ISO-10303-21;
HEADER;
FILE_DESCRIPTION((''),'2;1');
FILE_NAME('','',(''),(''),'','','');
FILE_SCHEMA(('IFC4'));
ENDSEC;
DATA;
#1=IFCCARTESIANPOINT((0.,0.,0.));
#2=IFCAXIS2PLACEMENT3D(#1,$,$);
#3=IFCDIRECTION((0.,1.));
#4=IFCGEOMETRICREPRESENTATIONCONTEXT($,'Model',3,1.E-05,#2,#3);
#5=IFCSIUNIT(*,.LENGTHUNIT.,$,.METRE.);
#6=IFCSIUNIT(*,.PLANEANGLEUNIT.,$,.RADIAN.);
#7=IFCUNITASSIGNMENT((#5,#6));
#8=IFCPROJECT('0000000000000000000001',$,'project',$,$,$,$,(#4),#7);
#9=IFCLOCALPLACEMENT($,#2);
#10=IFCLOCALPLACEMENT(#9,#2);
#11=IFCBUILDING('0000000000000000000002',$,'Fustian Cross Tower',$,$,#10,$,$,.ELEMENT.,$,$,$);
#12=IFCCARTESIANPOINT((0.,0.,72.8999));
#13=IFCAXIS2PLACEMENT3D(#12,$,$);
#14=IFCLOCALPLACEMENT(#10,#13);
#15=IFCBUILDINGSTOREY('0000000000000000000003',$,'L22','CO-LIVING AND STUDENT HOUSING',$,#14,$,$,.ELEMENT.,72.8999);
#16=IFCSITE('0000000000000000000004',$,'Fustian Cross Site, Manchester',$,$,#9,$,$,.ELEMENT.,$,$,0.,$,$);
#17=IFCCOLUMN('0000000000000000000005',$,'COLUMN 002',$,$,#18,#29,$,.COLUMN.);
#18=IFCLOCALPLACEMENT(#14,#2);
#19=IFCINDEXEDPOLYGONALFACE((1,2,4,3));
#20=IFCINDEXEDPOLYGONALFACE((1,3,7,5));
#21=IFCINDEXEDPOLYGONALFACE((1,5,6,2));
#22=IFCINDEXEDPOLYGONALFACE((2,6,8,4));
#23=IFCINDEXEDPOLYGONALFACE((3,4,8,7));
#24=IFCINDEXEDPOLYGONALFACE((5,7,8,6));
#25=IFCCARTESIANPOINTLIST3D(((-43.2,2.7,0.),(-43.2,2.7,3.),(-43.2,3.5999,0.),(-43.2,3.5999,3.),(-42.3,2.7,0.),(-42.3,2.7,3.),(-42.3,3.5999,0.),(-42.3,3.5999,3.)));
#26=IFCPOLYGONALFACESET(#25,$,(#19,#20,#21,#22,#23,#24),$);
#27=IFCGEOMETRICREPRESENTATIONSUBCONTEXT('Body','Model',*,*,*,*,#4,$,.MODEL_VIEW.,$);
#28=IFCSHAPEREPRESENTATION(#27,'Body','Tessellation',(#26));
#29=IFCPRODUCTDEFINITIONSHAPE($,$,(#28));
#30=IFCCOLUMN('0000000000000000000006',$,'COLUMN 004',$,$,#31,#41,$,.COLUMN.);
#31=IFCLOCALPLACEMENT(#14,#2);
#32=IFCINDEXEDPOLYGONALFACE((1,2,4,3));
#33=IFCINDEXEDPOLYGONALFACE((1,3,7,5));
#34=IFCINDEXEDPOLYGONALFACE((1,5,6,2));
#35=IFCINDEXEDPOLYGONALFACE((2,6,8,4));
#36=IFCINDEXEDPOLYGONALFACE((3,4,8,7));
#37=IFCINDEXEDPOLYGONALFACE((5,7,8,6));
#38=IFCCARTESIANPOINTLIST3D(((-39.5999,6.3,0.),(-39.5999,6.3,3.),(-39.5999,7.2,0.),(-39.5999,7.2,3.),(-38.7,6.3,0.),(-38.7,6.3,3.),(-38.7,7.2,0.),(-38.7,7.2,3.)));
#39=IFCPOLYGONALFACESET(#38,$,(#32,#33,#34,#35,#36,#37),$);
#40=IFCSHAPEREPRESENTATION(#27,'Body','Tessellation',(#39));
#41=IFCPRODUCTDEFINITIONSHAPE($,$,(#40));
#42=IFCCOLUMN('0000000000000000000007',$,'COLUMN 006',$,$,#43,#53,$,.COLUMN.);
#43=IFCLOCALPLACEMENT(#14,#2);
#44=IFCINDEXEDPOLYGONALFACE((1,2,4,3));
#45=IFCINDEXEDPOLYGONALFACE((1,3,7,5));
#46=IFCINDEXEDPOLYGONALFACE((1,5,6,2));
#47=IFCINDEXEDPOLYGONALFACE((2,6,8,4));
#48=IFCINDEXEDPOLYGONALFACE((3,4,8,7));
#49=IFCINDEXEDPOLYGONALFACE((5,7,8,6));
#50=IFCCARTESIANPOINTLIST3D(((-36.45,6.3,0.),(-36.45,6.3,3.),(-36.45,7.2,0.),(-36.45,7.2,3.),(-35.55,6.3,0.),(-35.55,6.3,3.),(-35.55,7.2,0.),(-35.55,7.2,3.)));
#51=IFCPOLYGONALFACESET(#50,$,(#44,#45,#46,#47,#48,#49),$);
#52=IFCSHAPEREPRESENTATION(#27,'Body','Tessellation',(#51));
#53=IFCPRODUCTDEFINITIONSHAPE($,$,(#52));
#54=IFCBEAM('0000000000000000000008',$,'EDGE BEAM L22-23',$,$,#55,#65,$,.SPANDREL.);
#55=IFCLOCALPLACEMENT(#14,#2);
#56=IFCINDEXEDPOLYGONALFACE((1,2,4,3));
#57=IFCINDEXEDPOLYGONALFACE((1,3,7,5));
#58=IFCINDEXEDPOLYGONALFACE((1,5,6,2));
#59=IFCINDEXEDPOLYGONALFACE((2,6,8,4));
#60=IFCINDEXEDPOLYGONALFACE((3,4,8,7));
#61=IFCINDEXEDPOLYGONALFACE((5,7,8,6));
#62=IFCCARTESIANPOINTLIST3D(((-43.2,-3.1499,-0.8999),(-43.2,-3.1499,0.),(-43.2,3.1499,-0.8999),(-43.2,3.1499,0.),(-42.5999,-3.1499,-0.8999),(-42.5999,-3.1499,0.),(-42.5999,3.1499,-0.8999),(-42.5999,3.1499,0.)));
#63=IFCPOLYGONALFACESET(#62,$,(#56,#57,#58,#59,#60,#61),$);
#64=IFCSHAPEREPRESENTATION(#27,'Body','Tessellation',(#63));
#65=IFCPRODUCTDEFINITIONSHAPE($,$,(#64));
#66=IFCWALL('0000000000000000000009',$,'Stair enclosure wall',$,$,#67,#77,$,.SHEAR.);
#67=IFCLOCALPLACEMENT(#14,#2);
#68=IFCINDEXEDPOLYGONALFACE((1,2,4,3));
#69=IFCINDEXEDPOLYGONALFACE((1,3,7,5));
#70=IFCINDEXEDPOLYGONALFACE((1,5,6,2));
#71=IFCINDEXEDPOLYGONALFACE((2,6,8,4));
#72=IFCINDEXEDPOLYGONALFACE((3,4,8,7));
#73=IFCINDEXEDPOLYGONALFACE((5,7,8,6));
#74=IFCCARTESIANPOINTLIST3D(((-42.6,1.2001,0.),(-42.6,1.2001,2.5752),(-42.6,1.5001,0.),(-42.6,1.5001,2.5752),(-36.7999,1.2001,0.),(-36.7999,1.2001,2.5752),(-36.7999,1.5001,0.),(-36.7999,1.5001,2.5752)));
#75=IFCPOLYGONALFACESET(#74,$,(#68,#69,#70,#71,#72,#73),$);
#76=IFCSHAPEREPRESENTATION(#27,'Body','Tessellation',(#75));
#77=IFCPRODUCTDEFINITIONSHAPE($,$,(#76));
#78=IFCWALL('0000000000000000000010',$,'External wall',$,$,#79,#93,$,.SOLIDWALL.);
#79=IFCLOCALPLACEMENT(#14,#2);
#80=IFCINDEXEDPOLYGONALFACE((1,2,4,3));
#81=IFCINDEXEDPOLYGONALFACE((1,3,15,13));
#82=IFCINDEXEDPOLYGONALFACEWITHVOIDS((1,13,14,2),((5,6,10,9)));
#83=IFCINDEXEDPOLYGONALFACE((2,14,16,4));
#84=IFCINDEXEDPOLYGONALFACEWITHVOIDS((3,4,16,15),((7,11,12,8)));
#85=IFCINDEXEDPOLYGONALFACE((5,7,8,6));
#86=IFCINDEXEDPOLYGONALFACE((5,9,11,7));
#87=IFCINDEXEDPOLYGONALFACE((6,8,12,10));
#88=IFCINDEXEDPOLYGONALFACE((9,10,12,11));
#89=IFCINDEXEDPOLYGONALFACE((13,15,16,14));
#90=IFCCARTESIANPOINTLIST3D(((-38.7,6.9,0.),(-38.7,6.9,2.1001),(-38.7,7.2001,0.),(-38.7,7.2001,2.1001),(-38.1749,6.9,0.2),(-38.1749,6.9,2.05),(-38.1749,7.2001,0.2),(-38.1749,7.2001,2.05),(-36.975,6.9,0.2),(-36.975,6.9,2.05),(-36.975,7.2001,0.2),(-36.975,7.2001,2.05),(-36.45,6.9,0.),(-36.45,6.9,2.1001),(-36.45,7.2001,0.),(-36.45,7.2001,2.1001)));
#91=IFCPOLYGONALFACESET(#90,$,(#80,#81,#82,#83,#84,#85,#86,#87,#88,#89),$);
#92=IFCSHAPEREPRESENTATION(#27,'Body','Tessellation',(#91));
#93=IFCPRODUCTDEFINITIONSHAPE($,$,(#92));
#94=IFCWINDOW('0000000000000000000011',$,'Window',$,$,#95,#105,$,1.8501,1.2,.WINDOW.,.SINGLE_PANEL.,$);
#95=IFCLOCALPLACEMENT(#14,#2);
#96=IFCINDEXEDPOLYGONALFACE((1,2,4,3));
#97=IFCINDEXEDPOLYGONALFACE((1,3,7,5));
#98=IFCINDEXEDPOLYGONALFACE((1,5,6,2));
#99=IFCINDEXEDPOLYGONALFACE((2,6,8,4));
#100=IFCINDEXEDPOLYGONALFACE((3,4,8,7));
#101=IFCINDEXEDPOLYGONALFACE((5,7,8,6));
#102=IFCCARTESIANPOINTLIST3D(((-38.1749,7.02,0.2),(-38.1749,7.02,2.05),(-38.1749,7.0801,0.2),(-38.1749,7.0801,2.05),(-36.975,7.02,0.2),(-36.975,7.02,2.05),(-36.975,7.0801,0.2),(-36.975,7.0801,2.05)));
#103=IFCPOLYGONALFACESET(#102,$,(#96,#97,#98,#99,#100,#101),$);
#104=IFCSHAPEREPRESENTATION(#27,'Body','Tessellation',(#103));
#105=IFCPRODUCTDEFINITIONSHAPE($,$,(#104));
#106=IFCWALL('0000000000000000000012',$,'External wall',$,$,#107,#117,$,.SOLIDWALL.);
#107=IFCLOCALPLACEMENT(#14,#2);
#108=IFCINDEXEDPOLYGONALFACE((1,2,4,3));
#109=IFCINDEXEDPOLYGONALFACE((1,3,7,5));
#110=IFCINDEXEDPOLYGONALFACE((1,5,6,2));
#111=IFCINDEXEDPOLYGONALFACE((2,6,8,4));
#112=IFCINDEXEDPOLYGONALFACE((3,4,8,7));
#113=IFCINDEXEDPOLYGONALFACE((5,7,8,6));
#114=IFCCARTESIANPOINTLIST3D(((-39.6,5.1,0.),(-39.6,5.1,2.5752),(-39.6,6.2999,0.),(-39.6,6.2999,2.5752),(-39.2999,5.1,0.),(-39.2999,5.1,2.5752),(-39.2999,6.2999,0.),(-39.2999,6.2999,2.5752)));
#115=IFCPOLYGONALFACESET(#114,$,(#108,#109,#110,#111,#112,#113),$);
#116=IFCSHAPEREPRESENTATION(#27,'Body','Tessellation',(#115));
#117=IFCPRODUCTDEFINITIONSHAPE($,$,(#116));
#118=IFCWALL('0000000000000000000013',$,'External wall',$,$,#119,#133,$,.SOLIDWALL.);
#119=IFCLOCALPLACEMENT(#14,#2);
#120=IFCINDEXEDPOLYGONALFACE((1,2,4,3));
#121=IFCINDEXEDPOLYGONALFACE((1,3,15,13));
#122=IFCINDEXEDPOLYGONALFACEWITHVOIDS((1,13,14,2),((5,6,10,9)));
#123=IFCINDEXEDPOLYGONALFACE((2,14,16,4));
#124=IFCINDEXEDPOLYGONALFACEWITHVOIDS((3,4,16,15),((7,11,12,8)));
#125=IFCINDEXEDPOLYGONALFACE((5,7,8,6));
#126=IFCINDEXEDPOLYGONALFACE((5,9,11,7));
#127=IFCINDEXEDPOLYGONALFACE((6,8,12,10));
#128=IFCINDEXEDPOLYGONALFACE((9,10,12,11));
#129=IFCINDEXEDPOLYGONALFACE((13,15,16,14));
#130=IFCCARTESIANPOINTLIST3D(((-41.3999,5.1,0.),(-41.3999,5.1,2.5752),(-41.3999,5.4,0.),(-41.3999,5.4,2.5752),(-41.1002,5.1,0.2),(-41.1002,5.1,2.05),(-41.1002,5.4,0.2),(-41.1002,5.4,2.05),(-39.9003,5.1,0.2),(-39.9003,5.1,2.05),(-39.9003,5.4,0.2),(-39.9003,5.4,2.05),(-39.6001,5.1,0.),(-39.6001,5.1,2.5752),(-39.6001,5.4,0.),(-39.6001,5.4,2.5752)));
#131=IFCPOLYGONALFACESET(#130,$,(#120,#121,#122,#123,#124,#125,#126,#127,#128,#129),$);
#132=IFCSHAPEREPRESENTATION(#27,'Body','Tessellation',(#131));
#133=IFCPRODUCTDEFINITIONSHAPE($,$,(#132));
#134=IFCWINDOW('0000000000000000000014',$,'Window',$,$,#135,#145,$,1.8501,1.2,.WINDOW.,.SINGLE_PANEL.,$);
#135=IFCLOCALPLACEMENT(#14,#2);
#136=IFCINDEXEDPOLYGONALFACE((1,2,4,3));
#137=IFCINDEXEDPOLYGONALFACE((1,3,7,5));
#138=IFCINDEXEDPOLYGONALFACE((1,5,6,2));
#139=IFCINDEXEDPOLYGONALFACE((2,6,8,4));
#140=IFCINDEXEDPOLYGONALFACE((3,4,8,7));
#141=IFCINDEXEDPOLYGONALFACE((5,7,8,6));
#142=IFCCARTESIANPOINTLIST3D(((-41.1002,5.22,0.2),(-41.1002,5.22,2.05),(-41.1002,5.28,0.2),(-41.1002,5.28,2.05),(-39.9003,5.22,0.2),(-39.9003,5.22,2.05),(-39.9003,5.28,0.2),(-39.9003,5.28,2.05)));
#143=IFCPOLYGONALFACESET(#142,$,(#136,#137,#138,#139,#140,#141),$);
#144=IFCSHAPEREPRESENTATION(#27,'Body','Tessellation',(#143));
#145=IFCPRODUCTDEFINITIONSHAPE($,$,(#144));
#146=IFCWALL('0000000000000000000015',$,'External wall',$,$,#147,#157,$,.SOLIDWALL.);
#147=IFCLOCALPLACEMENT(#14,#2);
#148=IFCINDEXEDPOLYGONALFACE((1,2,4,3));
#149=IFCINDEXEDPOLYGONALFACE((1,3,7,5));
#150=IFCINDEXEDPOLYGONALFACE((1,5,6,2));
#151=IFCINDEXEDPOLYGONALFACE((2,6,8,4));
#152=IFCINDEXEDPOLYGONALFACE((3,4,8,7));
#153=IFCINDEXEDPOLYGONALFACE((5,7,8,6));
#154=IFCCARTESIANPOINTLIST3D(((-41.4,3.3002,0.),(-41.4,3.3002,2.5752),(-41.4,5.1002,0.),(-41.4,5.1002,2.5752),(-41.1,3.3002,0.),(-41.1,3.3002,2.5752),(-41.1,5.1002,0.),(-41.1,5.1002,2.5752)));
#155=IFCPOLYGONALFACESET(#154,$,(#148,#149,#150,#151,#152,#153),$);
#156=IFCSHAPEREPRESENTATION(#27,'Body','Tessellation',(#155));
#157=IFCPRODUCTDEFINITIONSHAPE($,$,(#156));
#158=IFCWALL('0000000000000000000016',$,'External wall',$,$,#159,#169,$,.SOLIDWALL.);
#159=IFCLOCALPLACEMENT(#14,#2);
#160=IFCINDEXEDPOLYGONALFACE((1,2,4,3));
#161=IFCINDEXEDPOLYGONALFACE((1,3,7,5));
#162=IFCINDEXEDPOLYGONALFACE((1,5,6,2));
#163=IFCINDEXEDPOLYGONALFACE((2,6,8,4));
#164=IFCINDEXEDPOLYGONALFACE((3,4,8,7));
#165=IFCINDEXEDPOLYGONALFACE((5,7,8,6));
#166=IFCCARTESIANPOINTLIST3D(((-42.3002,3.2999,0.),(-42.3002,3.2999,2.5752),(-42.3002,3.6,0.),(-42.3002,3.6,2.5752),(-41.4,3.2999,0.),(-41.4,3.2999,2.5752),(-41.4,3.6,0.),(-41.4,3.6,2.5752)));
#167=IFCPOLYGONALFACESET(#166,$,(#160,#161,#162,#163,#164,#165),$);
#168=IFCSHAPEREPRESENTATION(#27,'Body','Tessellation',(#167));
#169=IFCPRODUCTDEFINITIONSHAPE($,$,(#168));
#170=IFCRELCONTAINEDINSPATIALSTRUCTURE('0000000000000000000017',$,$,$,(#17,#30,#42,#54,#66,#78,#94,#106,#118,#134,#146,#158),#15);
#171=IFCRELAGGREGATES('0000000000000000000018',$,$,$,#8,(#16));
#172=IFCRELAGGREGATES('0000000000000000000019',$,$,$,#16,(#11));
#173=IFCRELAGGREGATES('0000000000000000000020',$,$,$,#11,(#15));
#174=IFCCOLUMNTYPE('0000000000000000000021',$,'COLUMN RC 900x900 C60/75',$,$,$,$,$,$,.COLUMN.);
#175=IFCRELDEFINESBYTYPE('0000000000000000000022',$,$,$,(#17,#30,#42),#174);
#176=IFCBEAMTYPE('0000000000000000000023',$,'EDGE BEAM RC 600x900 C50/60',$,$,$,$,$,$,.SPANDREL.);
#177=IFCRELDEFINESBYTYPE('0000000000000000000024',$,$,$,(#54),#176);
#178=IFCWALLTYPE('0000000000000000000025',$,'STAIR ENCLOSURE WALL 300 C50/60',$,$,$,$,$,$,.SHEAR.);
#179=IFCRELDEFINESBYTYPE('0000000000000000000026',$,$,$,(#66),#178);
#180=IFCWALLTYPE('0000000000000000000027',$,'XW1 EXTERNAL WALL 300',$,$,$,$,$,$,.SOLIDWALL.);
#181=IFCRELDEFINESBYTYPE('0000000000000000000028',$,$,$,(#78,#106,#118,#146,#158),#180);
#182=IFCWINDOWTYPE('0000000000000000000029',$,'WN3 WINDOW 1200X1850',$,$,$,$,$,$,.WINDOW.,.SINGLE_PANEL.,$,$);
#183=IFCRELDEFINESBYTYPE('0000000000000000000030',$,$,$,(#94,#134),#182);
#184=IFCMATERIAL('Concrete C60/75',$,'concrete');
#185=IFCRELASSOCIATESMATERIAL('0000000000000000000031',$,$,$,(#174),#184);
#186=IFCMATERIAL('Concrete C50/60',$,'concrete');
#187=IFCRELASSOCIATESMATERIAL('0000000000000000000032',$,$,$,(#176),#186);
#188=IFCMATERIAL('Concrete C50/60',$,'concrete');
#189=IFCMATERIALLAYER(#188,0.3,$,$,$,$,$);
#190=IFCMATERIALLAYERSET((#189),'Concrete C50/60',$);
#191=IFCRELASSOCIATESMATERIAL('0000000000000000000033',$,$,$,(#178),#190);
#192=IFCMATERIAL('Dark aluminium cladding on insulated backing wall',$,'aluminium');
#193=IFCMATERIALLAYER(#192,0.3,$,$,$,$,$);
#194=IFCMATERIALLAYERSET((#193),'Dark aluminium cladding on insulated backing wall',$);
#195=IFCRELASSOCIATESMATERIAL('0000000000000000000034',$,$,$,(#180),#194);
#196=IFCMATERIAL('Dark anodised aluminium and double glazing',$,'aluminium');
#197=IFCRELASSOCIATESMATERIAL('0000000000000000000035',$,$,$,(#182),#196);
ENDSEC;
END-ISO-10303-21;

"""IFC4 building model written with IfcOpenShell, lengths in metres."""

from ifc_helpers import new_model, si_unit, direction, frame, frame_2d, origin, origin_2d, place, context, subcontext, project, spatial, rectangle, extrude, material, layer, layer_set, material_profile, profile_set, type_object, element, fill, save


model = new_model("IFC4")

# Units and contexts
model_context = context("Model", 3, precision=1e-05, world=origin(), true_north=direction((0.0, 1.0)))
body_context = subcontext(model_context, "Body", "Model", "MODEL_VIEW")
ifc_project = project(units=[si_unit("LENGTHUNIT", "METRE"), si_unit("PLANEANGLEUNIT", "RADIAN")], contexts=[model_context])

# Site, building, storey
site_placement = place(None, origin())
site = spatial("IfcSite", under=ifc_project, at=site_placement, Name="Fustian Cross Site, Manchester", CompositionType="ELEMENT", RefElevation=0.0)
building_placement = place(site_placement, origin())
building = spatial("IfcBuilding", under=site, at=building_placement, Name="Fustian Cross Tower", CompositionType="ELEMENT")
storey_placement = place(building_placement, frame((0.0, 0.0, 72.8999)))
storey = spatial("IfcBuildingStorey", under=building, at=storey_placement, Name="L22", Description="CO-LIVING AND STUDENT HOUSING", CompositionType="ELEMENT", Elevation=72.8999)

# Columns
ifc_material_1 = material(Name="Concrete C60/75", Category="concrete")
ifc_material_profile_1 = material_profile(ifc_material_1, rectangle(XDim=0.8999, YDim=0.8999, at=origin_2d()), Name="RC 900x900")
ifc_profile_set_1 = profile_set([ifc_material_profile_1], Name="Concrete C60/75")
column_type = type_object("IfcColumnType", Name="COLUMN RC 900x900 C60/75", PredefinedType="COLUMN", material=ifc_profile_set_1)
for number, where, z_axis, x_axis, name in (
    (1, (-42.75, 3.1499, 0.0), (0.0, 0.0, 1.0), (1.0, 0.0, 0.0), "COLUMN 002"),
    (2, (-39.1499, 6.75, 0.0), (0.0, 0.0, 1.0), (1.0, 0.0, 0.0), "COLUMN 004"),
    (3, (-36.0, 6.75, 0.0), (0.0, 0.0, 1.0), (1.0, 0.0, 0.0), "COLUMN 006"),
):
    element("IfcColumn", number, at=place(storey_placement, frame(where, z_axis=z_axis, x_axis=x_axis)), inside=storey, type_object=column_type, Name=name, PredefinedType="COLUMN", context=body_context, shape_type="SweptSolid", body=[
        extrude(rectangle(XDim=0.8999, YDim=0.8999, at=origin_2d()), origin(), (0.0, 0.0, 1.0), 3.0),
    ])

# Beam
ifc_material_2 = material(Name="Concrete C50/60", Category="concrete")
ifc_material_profile_2 = material_profile(ifc_material_2, rectangle(XDim=0.6001, YDim=0.8999, at=origin_2d()), Name="RC 600x900")
ifc_profile_set_2 = profile_set([ifc_material_profile_2], Name="Concrete C50/60")
beam_type = type_object("IfcBeamType", Name="EDGE BEAM RC 600x900 C50/60", PredefinedType="SPANDREL", material=ifc_profile_set_2)
beam_placement = place(storey_placement, frame((-42.8999, 3.1499, -0.45), z_axis=(0.0, -1.0, 0.0), x_axis=(1.0, 0.0, 0.0)))
element("IfcBeam", 4, at=beam_placement, inside=storey, type_object=beam_type, Name="EDGE BEAM L22-23", PredefinedType="SPANDREL", context=body_context, shape_type="SweptSolid", body=[
    extrude(rectangle(XDim=0.6001, YDim=0.8999, at=origin_2d()), origin(), (0.0, 0.0, 1.0), 6.2998),
])

# Wall
ifc_material_3 = material(Name="Concrete C50/60", Category="concrete")
ifc_layer_1 = layer(ifc_material_3, 0.3)
ifc_layer_set_1 = layer_set([ifc_layer_1], Name="Concrete C50/60")
wall_type_1 = type_object("IfcWallType", Name="STAIR ENCLOSURE WALL 300 C50/60", PredefinedType="SHEAR", material=ifc_layer_set_1)
wall_1_placement = place(storey_placement, frame((-36.8, 1.3501, 0.0), z_axis=(0.0, 0.0, 1.0), x_axis=(-1.0, 0.0, 0.0)))
element("IfcWall", 5, at=wall_1_placement, inside=storey, type_object=wall_type_1, Name="Stair enclosure wall", PredefinedType="SHEAR", context=body_context, shape_type="SweptSolid", body=[
    extrude(rectangle(XDim=5.8, YDim=0.3, at=frame_2d((2.8999, 0.0))), origin(), (0.0, 0.0, 1.0), 2.5752),
])

# Wall, opening, window
ifc_material_4 = material(Name="Dark aluminium cladding on insulated backing wall", Category="aluminium")
ifc_layer_2 = layer(ifc_material_4, 0.3)
ifc_layer_set_2 = layer_set([ifc_layer_2], Name="Dark aluminium cladding on insulated backing wall")
wall_type_2 = type_object("IfcWallType", Name="XW1 EXTERNAL WALL 300", PredefinedType="SOLIDWALL", material=ifc_layer_set_2)
wall_2_placement = place(storey_placement, frame((-36.45, 7.05, 0.0), z_axis=(0.0, 0.0, 1.0), x_axis=(-1.0, 0.0, 0.0)))
wall_2 = element("IfcWall", 6, at=wall_2_placement, inside=storey, type_object=wall_type_2, Name="External wall", PredefinedType="SOLIDWALL", context=body_context, shape_type="SweptSolid", body=[
    extrude(rectangle(XDim=2.25, YDim=0.3, at=frame_2d((1.125, 0.0))), origin(), (0.0, 0.0, 1.0), 2.1001),
])
opening_1_placement = place(wall_2_placement, frame((0.5249, 0.0, 0.2)))
opening_1 = element("IfcOpeningElement", 7, at=opening_1_placement, cuts=wall_2, PredefinedType="OPENING", context=body_context, shape_type="SweptSolid", body=[
    extrude(rectangle(XDim=1.2, YDim=1.8501, at=frame_2d((0.6001, 0.925))), frame((0.0, 0.1599, 0.0), z_axis=(0.0, -1.0, 0.0), x_axis=(1.0, 0.0, 0.0)), (0.0, 0.0, 1.0), 0.3201),
])
ifc_material_5 = material(Name="Dark anodised aluminium and double glazing", Category="aluminium")
window_type_1 = type_object("IfcWindowType", Name="WN3 WINDOW 1200X1850", PartitioningType="SINGLE_PANEL", PredefinedType="WINDOW", material=ifc_material_5)
window_1_placement = place(opening_1_placement, origin())
window_1 = element("IfcWindow", 8, at=window_1_placement, inside=storey, type_object=window_type_1, Name="Window", OverallHeight=1.8501, OverallWidth=1.2, PartitioningType="SINGLE_PANEL", PredefinedType="WINDOW", context=body_context, shape_type="SweptSolid", body=[
    extrude(rectangle(XDim=1.2, YDim=1.8501, at=frame_2d((0.6001, 0.925))), frame((0.0, 0.03, 0.0), z_axis=(0.0, -1.0, 0.0), x_axis=(1.0, 0.0, 0.0)), (0.0, 0.0, 1.0), 0.0601),
])
fill(opening_1, window_1)

# Wall
wall_3_placement = place(storey_placement, frame((-39.45, 6.3, 0.0), z_axis=(0.0, 0.0, 1.0), x_axis=(0.0, -1.0, 0.0)))
element("IfcWall", 9, at=wall_3_placement, inside=storey, type_object=wall_type_2, Name="External wall", PredefinedType="SOLIDWALL", context=body_context, shape_type="SweptSolid", body=[
    extrude(rectangle(XDim=1.2, YDim=0.3, at=frame_2d((0.6001, 0.0))), origin(), (0.0, 0.0, 1.0), 2.5752),
])

# Wall, opening, window
wall_4_placement = place(storey_placement, frame((-39.6001, 5.25, 0.0), z_axis=(0.0, 0.0, 1.0), x_axis=(-1.0, 0.0, 0.0)))
wall_4 = element("IfcWall", 10, at=wall_4_placement, inside=storey, type_object=wall_type_2, Name="External wall", PredefinedType="SOLIDWALL", context=body_context, shape_type="SweptSolid", body=[
    extrude(rectangle(XDim=1.7998, YDim=0.3, at=frame_2d((0.8999, 0.0))), origin(), (0.0, 0.0, 1.0), 2.5752),
])
opening_2_placement = place(wall_4_placement, frame((0.3, 0.0, 0.2)))
opening_2 = element("IfcOpeningElement", 11, at=opening_2_placement, cuts=wall_4, PredefinedType="OPENING", context=body_context, shape_type="SweptSolid", body=[
    extrude(rectangle(XDim=1.2, YDim=1.8501, at=frame_2d((0.6001, 0.925))), frame((0.0, 0.1599, 0.0), z_axis=(0.0, -1.0, 0.0), x_axis=(1.0, 0.0, 0.0)), (0.0, 0.0, 1.0), 0.3201),
])
window_2_placement = place(opening_2_placement, origin())
window_2 = element("IfcWindow", 12, at=window_2_placement, inside=storey, type_object=window_type_1, Name="Window", OverallHeight=1.8501, OverallWidth=1.2, PartitioningType="SINGLE_PANEL", PredefinedType="WINDOW", context=body_context, shape_type="SweptSolid", body=[
    extrude(rectangle(XDim=1.2, YDim=1.8501, at=frame_2d((0.6001, 0.925))), frame((0.0, 0.03, 0.0), z_axis=(0.0, -1.0, 0.0), x_axis=(1.0, 0.0, 0.0)), (0.0, 0.0, 1.0), 0.0601),
])
fill(opening_2, window_2)

# Walls
wall_5_placement = place(storey_placement, frame((-41.25, 5.1001, 0.0), z_axis=(0.0, 0.0, 1.0), x_axis=(0.0, -1.0, 0.0)))
element("IfcWall", 13, at=wall_5_placement, inside=storey, type_object=wall_type_2, Name="External wall", PredefinedType="SOLIDWALL", context=body_context, shape_type="SweptSolid", body=[
    extrude(rectangle(XDim=1.8, YDim=0.3, at=frame_2d((0.8999, 0.0))), origin(), (0.0, 0.0, 1.0), 2.5752),
])
wall_6_placement = place(storey_placement, frame((-41.3999, 3.45, 0.0), z_axis=(0.0, 0.0, 1.0), x_axis=(-1.0, 0.0, 0.0)))
element("IfcWall", 14, at=wall_6_placement, inside=storey, type_object=wall_type_2, Name="External wall", PredefinedType="SOLIDWALL", context=body_context, shape_type="SweptSolid", body=[
    extrude(rectangle(XDim=0.9001, YDim=0.3, at=frame_2d((0.4502, 0.0))), origin(), (0.0, 0.0, 1.0), 2.5752),
])

save(model, "model.ifc")
